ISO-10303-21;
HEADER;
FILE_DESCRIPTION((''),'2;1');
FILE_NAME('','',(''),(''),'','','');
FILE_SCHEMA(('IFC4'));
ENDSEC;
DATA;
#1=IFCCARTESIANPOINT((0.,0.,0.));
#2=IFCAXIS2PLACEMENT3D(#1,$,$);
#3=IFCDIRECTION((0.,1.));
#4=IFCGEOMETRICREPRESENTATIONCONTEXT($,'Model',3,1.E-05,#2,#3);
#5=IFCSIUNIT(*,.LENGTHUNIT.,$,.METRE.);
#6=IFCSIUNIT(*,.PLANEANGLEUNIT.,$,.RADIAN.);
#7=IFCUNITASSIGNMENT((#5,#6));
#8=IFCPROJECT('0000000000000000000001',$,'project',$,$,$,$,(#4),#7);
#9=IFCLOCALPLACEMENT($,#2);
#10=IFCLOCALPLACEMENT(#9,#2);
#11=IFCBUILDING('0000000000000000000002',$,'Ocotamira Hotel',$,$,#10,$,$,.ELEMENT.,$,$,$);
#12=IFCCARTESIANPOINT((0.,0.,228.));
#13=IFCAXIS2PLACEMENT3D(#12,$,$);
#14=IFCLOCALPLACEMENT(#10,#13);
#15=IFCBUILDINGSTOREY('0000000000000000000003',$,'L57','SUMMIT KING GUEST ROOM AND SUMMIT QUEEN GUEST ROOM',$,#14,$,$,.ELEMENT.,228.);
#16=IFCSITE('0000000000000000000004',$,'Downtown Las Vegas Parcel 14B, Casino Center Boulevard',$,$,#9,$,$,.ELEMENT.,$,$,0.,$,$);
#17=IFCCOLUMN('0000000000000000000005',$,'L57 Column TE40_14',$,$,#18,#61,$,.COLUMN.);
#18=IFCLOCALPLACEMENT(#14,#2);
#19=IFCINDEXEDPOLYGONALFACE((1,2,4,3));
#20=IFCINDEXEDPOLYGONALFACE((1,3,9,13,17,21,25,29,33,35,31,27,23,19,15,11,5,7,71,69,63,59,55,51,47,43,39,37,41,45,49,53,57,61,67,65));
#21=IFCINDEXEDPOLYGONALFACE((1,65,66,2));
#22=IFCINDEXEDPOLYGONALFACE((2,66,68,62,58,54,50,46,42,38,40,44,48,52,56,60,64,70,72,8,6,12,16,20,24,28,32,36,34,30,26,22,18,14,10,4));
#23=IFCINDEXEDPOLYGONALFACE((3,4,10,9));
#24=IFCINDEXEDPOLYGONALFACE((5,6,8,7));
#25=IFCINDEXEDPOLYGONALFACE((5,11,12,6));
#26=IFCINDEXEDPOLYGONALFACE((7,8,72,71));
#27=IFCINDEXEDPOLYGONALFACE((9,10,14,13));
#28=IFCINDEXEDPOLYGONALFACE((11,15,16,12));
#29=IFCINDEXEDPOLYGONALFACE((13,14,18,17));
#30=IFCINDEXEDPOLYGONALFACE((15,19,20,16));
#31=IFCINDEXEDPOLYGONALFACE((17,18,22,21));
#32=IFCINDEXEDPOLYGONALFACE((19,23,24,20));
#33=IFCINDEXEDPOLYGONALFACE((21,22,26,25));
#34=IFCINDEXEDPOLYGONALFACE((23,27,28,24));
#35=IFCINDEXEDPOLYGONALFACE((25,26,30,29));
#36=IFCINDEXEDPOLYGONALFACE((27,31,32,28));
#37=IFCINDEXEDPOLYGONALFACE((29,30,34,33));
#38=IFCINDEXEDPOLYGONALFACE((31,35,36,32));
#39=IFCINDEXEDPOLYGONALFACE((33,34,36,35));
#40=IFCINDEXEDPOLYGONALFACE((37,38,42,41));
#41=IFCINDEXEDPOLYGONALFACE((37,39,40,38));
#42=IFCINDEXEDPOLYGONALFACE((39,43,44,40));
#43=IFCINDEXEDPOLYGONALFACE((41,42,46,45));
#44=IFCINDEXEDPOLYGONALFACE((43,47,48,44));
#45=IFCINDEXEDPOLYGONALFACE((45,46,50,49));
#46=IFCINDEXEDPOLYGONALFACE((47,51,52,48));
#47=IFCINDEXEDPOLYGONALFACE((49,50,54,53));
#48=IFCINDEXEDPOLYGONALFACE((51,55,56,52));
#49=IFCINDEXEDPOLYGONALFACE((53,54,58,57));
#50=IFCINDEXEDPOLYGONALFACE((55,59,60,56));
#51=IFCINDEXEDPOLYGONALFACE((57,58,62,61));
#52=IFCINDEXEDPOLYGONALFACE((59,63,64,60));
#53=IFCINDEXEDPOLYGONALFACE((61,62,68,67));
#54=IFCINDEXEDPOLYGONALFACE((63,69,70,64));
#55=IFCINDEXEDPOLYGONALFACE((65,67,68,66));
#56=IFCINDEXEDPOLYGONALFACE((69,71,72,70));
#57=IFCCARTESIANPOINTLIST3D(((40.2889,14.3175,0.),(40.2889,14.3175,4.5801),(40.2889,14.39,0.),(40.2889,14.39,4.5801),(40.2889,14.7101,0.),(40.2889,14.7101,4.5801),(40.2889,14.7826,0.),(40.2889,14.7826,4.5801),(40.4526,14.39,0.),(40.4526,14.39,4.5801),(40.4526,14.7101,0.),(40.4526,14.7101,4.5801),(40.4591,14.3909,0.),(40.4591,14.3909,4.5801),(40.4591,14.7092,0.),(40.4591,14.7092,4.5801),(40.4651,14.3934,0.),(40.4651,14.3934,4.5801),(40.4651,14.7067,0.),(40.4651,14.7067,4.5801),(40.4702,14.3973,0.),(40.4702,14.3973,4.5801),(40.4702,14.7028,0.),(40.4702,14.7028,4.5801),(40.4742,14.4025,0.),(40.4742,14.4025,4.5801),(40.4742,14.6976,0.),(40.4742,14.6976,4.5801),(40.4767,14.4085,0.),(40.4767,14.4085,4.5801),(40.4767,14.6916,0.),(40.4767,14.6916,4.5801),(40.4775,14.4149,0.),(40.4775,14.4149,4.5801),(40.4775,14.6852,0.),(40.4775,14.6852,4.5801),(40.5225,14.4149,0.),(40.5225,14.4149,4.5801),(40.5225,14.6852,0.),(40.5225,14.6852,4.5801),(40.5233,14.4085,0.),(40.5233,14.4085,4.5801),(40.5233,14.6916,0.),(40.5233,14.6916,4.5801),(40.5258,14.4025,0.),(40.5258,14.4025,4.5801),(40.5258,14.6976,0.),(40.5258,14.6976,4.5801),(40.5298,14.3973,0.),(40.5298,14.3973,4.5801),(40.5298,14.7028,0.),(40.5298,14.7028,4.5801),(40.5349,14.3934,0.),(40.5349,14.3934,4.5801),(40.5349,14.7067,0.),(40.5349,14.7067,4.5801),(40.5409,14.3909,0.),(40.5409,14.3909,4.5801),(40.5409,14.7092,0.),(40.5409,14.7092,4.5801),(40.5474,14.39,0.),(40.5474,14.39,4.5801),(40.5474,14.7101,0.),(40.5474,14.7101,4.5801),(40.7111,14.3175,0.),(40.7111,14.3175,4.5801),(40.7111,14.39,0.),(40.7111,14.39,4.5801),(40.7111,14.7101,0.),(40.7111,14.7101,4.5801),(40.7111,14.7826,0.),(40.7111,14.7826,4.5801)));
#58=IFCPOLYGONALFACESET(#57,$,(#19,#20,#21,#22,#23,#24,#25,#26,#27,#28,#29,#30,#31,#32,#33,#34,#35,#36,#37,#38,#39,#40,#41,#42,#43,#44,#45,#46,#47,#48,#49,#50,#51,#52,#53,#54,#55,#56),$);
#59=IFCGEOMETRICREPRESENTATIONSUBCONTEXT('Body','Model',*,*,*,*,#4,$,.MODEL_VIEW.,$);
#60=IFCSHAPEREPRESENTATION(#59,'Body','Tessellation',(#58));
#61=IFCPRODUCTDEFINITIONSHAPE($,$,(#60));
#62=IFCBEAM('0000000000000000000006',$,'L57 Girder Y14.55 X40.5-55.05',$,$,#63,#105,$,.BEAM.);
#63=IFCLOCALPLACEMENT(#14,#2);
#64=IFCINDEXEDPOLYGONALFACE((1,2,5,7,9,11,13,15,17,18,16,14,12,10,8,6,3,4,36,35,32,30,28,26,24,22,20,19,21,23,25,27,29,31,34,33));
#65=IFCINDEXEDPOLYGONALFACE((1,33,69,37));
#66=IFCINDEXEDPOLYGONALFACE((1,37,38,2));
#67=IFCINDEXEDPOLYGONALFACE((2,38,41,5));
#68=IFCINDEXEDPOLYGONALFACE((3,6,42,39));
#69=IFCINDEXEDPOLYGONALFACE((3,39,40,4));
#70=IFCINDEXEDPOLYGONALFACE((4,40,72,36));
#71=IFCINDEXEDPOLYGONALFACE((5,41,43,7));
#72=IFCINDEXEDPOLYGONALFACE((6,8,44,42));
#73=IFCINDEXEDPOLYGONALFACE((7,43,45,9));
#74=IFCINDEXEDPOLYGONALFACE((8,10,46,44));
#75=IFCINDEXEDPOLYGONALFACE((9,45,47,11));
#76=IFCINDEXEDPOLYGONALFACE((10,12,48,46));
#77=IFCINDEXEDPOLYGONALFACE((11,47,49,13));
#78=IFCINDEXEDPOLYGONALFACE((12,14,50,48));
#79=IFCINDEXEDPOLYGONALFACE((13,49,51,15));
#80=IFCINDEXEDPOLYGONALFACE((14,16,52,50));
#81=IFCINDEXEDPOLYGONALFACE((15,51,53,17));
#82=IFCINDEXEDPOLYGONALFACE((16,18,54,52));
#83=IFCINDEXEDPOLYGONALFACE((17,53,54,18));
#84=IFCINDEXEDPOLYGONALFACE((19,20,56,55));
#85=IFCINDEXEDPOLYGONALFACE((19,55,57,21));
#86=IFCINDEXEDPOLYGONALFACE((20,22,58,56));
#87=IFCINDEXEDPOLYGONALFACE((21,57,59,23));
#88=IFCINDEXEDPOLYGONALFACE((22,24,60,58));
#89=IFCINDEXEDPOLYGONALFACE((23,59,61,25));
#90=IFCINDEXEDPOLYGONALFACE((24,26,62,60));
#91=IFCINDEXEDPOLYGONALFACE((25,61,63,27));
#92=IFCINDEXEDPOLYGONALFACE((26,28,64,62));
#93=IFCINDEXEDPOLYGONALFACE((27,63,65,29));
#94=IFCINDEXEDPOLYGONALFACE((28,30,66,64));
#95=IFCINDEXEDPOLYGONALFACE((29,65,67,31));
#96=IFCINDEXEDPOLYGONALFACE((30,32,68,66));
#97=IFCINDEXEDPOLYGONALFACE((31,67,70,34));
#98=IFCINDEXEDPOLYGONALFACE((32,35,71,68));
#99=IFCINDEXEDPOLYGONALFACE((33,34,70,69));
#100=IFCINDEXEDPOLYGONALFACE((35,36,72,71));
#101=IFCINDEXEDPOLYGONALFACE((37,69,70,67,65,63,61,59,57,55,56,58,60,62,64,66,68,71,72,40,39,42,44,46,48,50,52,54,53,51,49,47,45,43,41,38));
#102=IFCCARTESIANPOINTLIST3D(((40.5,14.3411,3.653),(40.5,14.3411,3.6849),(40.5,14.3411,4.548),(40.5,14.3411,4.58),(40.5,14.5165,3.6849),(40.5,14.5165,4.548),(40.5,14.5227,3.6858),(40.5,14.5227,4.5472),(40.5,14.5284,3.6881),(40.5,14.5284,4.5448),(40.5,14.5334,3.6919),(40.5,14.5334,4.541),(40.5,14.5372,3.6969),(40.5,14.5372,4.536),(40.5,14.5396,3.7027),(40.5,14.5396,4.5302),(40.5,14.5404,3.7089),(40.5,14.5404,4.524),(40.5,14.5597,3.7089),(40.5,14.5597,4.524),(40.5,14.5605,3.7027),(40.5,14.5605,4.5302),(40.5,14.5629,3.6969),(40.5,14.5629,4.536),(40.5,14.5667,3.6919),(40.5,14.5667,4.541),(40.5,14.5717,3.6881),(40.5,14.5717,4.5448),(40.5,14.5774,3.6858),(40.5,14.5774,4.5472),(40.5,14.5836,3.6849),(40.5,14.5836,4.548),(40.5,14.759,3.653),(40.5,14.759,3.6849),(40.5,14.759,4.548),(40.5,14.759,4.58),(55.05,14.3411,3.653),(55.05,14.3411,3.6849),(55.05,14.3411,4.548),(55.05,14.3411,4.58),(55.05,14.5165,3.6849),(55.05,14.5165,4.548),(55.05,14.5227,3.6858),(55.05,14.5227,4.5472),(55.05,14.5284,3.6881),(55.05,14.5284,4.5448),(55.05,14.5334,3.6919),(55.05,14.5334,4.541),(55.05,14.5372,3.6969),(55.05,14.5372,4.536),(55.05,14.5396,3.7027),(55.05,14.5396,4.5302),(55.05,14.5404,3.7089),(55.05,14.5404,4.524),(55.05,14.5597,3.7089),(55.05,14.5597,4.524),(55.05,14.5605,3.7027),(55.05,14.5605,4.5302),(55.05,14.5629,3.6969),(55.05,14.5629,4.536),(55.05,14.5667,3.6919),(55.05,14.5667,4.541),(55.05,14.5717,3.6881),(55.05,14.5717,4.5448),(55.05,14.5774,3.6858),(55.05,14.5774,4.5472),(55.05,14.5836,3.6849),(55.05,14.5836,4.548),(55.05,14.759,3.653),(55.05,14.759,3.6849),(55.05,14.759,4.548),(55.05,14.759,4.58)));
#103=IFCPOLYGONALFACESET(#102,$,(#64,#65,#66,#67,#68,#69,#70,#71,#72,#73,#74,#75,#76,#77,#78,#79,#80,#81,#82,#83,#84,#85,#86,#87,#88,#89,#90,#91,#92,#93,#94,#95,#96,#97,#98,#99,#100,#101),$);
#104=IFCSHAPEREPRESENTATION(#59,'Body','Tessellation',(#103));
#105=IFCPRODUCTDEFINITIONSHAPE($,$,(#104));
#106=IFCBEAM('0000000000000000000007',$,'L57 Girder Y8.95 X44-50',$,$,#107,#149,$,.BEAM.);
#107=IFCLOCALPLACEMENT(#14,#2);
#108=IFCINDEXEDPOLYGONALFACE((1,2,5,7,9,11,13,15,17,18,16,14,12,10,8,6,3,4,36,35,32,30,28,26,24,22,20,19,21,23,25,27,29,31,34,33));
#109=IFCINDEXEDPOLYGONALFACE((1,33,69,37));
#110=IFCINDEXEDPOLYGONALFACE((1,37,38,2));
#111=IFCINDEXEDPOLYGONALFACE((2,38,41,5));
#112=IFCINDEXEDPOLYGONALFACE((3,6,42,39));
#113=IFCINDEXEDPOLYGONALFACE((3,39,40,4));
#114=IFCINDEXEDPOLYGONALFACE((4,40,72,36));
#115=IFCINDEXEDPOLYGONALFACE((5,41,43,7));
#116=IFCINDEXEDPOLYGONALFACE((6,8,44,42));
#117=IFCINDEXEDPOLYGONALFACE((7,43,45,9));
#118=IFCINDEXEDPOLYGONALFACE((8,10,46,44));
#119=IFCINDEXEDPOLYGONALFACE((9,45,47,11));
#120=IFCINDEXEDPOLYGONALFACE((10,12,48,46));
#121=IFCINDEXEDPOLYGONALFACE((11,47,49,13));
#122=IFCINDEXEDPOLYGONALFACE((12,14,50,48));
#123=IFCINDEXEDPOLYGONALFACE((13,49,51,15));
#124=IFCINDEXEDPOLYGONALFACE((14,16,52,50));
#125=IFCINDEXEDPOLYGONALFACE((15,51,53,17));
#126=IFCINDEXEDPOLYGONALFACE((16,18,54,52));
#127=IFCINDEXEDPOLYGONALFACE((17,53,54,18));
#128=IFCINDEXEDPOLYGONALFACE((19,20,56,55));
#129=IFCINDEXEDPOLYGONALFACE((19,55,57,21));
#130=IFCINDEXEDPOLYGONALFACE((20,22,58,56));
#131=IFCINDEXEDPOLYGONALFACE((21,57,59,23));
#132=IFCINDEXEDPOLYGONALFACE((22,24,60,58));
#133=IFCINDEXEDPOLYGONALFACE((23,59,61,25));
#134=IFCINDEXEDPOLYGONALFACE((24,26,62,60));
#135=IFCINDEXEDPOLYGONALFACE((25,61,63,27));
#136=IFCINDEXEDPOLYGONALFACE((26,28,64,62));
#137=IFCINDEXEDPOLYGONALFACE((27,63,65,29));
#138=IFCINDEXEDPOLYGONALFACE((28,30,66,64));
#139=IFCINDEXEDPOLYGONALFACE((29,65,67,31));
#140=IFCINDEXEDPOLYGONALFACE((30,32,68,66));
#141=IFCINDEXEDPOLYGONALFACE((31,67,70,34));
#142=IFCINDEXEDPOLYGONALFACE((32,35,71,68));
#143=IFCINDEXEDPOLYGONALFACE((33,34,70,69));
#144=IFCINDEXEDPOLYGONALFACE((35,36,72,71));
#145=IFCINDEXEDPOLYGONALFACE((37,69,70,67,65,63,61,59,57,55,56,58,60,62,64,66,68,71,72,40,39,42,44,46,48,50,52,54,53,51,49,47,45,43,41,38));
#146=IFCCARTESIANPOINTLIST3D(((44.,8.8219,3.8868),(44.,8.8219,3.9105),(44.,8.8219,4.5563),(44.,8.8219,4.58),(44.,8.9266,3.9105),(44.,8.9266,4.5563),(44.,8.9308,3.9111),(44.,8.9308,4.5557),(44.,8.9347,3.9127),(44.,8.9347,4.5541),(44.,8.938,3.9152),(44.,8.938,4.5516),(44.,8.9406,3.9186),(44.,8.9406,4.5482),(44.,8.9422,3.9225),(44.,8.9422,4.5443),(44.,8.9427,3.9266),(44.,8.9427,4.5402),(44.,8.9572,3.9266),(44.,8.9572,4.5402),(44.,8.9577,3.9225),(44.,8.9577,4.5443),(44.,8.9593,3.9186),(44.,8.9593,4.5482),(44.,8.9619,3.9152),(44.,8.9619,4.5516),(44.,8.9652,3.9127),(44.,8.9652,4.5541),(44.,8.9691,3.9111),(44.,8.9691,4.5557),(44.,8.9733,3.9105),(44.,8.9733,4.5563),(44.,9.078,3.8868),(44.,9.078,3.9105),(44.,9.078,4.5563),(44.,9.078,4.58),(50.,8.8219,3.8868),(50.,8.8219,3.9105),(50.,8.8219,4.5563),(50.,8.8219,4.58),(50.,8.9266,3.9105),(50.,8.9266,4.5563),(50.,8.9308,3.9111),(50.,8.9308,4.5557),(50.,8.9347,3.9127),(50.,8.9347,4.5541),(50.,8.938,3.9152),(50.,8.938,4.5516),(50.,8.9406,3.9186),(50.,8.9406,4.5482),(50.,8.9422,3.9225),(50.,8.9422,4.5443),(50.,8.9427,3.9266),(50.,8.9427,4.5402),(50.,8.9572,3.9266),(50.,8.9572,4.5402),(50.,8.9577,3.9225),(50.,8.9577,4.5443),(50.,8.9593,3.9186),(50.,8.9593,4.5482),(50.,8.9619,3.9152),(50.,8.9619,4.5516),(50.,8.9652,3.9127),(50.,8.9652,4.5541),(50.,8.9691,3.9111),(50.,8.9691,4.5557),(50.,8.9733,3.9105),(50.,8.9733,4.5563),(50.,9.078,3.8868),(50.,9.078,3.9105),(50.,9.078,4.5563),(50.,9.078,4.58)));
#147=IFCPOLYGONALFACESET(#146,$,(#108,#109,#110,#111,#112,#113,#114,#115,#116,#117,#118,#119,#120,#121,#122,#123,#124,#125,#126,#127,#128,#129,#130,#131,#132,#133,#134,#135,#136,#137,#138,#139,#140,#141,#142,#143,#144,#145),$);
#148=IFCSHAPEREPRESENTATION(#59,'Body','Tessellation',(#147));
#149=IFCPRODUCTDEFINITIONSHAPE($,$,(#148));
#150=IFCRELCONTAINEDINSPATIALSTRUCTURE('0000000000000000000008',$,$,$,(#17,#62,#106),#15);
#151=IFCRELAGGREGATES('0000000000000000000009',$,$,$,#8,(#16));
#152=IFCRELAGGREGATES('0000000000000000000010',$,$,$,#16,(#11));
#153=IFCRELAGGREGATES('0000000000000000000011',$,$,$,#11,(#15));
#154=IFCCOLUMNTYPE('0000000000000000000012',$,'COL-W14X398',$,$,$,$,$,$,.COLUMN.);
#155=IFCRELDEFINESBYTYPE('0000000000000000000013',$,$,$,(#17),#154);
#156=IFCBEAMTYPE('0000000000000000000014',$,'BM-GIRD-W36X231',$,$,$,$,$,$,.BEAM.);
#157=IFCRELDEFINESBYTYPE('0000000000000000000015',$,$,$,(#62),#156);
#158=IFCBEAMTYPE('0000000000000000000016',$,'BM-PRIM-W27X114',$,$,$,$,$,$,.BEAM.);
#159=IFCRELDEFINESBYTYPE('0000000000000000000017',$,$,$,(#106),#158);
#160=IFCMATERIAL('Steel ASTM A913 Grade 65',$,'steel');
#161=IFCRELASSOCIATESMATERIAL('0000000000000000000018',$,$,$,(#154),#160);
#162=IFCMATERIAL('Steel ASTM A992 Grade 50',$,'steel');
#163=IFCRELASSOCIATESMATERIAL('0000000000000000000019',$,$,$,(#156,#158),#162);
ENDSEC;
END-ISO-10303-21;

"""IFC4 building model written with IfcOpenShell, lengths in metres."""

from ifc_helpers import new_model, si_unit, direction, frame, origin, origin_2d, place, context, subcontext, project, spatial, i_section, extrude, source, transform, mapped, material, material_profile, profile_set, type_object, element, save


model = new_model("IFC4")

# Units and contexts
model_context = context("Model", 3, precision=1e-05, world=origin(), true_north=direction((0.0, 1.0)))
body_context = subcontext(model_context, "Body", "Model", "MODEL_VIEW")
ifc_project = project(units=[si_unit("LENGTHUNIT", "METRE"), si_unit("PLANEANGLEUNIT", "RADIAN")], contexts=[model_context])

# Site, building, storey
site_placement = place(None, origin())
site = spatial("IfcSite", under=ifc_project, at=site_placement, Name="Downtown Las Vegas Parcel 14B, Casino Center Boulevard", CompositionType="ELEMENT", RefElevation=0.0)
building_placement = place(site_placement, origin())
building = spatial("IfcBuilding", under=site, at=building_placement, Name="Ocotamira Hotel", CompositionType="ELEMENT")
storey_placement = place(building_placement, frame((0.0, 0.0, 228.0)))
storey = spatial("IfcBuildingStorey", under=building, at=storey_placement, Name="L57", Description="SUMMIT KING GUEST ROOM AND SUMMIT QUEEN GUEST ROOM", CompositionType="ELEMENT", Elevation=228.0)

# Column
ifc_material_1 = material(Name="Steel ASTM A913 Grade 65", Category="steel")
ifc_material_profile_1 = material_profile(ifc_material_1, i_section(OverallWidth=0.4221, OverallDepth=0.4651, WebThickness=0.0449, FlangeThickness=0.0725, FilletRadius=0.0249, at=origin_2d()), Name="W14X398")
ifc_profile_set_1 = profile_set([ifc_material_profile_1], Name="Steel ASTM A913 Grade 65")
column_type = type_object("IfcColumnType", Name="COL-W14X398", PredefinedType="COLUMN", material=ifc_profile_set_1)
shared_shape_1 = source(origin(), body_context, "Body", "SweptSolid", [
    extrude(i_section(OverallWidth=0.4221, OverallDepth=0.4651, WebThickness=0.0449, FlangeThickness=0.0725, FilletRadius=0.0249, at=origin_2d()), origin(), (0.0, 0.0, 1.0), 4.5801),
])
column_placement = place(storey_placement, frame((40.5, 14.55, 0.0), z_axis=(0.0, 0.0, 1.0), x_axis=(1.0, 0.0, 0.0)))
element("IfcColumn", 1, at=column_placement, inside=storey, type_object=column_type, Name="L57 Column TE40_14", PredefinedType="COLUMN", context=body_context, shape_type="MappedRepresentation", body=[
    mapped(shared_shape_1, transform((0.0, 0.0, 0.0), scale=1.0)),
])

# Beams
ifc_material_2 = material(Name="Steel ASTM A992 Grade 50", Category="steel")
ifc_material_profile_2 = material_profile(ifc_material_2, i_section(OverallWidth=0.418, OverallDepth=0.927, WebThickness=0.0193, FlangeThickness=0.032, FilletRadius=0.0239, at=origin_2d()), Name="W36X231")
ifc_profile_set_2 = profile_set([ifc_material_profile_2], Name="Steel ASTM A992 Grade 50")
beam_type_1 = type_object("IfcBeamType", Name="BM-GIRD-W36X231", PredefinedType="BEAM", material=ifc_profile_set_2)
shared_shape_2 = source(origin(), body_context, "Body", "SweptSolid", [
    extrude(i_section(OverallWidth=0.418, OverallDepth=0.927, WebThickness=0.0193, FlangeThickness=0.032, FilletRadius=0.0239, at=origin_2d()), origin(), (0.0, 0.0, 1.0), 14.55),
])
beam_1_placement = place(storey_placement, frame((40.5, 14.55, 4.1165), z_axis=(1.0, 0.0, 0.0), x_axis=(0.0, 1.0, 0.0)))
element("IfcBeam", 2, at=beam_1_placement, inside=storey, type_object=beam_type_1, Name="L57 Girder Y14.55 X40.5-55.05", PredefinedType="BEAM", context=body_context, shape_type="MappedRepresentation", body=[
    mapped(shared_shape_2, transform((0.0, 0.0, 0.0), scale=1.0)),
])
ifc_material_profile_3 = material_profile(ifc_material_2, i_section(OverallWidth=0.2561, OverallDepth=0.6931, WebThickness=0.0144, FlangeThickness=0.0237, FilletRadius=0.0161, at=origin_2d()), Name="W27X114")
ifc_profile_set_3 = profile_set([ifc_material_profile_3], Name="Steel ASTM A992 Grade 50")
beam_type_2 = type_object("IfcBeamType", Name="BM-PRIM-W27X114", PredefinedType="BEAM", material=ifc_profile_set_3)
shared_shape_3 = source(origin(), body_context, "Body", "SweptSolid", [
    extrude(i_section(OverallWidth=0.2561, OverallDepth=0.6931, WebThickness=0.0144, FlangeThickness=0.0237, FilletRadius=0.0161, at=origin_2d()), origin(), (0.0, 0.0, 1.0), 6.0),
])
beam_2_placement = place(storey_placement, frame((44.0, 8.95, 4.2334), z_axis=(1.0, 0.0, 0.0), x_axis=(0.0, 1.0, 0.0)))
element("IfcBeam", 3, at=beam_2_placement, inside=storey, type_object=beam_type_2, Name="L57 Girder Y8.95 X44-50", PredefinedType="BEAM", context=body_context, shape_type="MappedRepresentation", body=[
    mapped(shared_shape_3, transform((0.0, 0.0, 0.0), scale=1.0)),
])

save(model, "model.ifc")
